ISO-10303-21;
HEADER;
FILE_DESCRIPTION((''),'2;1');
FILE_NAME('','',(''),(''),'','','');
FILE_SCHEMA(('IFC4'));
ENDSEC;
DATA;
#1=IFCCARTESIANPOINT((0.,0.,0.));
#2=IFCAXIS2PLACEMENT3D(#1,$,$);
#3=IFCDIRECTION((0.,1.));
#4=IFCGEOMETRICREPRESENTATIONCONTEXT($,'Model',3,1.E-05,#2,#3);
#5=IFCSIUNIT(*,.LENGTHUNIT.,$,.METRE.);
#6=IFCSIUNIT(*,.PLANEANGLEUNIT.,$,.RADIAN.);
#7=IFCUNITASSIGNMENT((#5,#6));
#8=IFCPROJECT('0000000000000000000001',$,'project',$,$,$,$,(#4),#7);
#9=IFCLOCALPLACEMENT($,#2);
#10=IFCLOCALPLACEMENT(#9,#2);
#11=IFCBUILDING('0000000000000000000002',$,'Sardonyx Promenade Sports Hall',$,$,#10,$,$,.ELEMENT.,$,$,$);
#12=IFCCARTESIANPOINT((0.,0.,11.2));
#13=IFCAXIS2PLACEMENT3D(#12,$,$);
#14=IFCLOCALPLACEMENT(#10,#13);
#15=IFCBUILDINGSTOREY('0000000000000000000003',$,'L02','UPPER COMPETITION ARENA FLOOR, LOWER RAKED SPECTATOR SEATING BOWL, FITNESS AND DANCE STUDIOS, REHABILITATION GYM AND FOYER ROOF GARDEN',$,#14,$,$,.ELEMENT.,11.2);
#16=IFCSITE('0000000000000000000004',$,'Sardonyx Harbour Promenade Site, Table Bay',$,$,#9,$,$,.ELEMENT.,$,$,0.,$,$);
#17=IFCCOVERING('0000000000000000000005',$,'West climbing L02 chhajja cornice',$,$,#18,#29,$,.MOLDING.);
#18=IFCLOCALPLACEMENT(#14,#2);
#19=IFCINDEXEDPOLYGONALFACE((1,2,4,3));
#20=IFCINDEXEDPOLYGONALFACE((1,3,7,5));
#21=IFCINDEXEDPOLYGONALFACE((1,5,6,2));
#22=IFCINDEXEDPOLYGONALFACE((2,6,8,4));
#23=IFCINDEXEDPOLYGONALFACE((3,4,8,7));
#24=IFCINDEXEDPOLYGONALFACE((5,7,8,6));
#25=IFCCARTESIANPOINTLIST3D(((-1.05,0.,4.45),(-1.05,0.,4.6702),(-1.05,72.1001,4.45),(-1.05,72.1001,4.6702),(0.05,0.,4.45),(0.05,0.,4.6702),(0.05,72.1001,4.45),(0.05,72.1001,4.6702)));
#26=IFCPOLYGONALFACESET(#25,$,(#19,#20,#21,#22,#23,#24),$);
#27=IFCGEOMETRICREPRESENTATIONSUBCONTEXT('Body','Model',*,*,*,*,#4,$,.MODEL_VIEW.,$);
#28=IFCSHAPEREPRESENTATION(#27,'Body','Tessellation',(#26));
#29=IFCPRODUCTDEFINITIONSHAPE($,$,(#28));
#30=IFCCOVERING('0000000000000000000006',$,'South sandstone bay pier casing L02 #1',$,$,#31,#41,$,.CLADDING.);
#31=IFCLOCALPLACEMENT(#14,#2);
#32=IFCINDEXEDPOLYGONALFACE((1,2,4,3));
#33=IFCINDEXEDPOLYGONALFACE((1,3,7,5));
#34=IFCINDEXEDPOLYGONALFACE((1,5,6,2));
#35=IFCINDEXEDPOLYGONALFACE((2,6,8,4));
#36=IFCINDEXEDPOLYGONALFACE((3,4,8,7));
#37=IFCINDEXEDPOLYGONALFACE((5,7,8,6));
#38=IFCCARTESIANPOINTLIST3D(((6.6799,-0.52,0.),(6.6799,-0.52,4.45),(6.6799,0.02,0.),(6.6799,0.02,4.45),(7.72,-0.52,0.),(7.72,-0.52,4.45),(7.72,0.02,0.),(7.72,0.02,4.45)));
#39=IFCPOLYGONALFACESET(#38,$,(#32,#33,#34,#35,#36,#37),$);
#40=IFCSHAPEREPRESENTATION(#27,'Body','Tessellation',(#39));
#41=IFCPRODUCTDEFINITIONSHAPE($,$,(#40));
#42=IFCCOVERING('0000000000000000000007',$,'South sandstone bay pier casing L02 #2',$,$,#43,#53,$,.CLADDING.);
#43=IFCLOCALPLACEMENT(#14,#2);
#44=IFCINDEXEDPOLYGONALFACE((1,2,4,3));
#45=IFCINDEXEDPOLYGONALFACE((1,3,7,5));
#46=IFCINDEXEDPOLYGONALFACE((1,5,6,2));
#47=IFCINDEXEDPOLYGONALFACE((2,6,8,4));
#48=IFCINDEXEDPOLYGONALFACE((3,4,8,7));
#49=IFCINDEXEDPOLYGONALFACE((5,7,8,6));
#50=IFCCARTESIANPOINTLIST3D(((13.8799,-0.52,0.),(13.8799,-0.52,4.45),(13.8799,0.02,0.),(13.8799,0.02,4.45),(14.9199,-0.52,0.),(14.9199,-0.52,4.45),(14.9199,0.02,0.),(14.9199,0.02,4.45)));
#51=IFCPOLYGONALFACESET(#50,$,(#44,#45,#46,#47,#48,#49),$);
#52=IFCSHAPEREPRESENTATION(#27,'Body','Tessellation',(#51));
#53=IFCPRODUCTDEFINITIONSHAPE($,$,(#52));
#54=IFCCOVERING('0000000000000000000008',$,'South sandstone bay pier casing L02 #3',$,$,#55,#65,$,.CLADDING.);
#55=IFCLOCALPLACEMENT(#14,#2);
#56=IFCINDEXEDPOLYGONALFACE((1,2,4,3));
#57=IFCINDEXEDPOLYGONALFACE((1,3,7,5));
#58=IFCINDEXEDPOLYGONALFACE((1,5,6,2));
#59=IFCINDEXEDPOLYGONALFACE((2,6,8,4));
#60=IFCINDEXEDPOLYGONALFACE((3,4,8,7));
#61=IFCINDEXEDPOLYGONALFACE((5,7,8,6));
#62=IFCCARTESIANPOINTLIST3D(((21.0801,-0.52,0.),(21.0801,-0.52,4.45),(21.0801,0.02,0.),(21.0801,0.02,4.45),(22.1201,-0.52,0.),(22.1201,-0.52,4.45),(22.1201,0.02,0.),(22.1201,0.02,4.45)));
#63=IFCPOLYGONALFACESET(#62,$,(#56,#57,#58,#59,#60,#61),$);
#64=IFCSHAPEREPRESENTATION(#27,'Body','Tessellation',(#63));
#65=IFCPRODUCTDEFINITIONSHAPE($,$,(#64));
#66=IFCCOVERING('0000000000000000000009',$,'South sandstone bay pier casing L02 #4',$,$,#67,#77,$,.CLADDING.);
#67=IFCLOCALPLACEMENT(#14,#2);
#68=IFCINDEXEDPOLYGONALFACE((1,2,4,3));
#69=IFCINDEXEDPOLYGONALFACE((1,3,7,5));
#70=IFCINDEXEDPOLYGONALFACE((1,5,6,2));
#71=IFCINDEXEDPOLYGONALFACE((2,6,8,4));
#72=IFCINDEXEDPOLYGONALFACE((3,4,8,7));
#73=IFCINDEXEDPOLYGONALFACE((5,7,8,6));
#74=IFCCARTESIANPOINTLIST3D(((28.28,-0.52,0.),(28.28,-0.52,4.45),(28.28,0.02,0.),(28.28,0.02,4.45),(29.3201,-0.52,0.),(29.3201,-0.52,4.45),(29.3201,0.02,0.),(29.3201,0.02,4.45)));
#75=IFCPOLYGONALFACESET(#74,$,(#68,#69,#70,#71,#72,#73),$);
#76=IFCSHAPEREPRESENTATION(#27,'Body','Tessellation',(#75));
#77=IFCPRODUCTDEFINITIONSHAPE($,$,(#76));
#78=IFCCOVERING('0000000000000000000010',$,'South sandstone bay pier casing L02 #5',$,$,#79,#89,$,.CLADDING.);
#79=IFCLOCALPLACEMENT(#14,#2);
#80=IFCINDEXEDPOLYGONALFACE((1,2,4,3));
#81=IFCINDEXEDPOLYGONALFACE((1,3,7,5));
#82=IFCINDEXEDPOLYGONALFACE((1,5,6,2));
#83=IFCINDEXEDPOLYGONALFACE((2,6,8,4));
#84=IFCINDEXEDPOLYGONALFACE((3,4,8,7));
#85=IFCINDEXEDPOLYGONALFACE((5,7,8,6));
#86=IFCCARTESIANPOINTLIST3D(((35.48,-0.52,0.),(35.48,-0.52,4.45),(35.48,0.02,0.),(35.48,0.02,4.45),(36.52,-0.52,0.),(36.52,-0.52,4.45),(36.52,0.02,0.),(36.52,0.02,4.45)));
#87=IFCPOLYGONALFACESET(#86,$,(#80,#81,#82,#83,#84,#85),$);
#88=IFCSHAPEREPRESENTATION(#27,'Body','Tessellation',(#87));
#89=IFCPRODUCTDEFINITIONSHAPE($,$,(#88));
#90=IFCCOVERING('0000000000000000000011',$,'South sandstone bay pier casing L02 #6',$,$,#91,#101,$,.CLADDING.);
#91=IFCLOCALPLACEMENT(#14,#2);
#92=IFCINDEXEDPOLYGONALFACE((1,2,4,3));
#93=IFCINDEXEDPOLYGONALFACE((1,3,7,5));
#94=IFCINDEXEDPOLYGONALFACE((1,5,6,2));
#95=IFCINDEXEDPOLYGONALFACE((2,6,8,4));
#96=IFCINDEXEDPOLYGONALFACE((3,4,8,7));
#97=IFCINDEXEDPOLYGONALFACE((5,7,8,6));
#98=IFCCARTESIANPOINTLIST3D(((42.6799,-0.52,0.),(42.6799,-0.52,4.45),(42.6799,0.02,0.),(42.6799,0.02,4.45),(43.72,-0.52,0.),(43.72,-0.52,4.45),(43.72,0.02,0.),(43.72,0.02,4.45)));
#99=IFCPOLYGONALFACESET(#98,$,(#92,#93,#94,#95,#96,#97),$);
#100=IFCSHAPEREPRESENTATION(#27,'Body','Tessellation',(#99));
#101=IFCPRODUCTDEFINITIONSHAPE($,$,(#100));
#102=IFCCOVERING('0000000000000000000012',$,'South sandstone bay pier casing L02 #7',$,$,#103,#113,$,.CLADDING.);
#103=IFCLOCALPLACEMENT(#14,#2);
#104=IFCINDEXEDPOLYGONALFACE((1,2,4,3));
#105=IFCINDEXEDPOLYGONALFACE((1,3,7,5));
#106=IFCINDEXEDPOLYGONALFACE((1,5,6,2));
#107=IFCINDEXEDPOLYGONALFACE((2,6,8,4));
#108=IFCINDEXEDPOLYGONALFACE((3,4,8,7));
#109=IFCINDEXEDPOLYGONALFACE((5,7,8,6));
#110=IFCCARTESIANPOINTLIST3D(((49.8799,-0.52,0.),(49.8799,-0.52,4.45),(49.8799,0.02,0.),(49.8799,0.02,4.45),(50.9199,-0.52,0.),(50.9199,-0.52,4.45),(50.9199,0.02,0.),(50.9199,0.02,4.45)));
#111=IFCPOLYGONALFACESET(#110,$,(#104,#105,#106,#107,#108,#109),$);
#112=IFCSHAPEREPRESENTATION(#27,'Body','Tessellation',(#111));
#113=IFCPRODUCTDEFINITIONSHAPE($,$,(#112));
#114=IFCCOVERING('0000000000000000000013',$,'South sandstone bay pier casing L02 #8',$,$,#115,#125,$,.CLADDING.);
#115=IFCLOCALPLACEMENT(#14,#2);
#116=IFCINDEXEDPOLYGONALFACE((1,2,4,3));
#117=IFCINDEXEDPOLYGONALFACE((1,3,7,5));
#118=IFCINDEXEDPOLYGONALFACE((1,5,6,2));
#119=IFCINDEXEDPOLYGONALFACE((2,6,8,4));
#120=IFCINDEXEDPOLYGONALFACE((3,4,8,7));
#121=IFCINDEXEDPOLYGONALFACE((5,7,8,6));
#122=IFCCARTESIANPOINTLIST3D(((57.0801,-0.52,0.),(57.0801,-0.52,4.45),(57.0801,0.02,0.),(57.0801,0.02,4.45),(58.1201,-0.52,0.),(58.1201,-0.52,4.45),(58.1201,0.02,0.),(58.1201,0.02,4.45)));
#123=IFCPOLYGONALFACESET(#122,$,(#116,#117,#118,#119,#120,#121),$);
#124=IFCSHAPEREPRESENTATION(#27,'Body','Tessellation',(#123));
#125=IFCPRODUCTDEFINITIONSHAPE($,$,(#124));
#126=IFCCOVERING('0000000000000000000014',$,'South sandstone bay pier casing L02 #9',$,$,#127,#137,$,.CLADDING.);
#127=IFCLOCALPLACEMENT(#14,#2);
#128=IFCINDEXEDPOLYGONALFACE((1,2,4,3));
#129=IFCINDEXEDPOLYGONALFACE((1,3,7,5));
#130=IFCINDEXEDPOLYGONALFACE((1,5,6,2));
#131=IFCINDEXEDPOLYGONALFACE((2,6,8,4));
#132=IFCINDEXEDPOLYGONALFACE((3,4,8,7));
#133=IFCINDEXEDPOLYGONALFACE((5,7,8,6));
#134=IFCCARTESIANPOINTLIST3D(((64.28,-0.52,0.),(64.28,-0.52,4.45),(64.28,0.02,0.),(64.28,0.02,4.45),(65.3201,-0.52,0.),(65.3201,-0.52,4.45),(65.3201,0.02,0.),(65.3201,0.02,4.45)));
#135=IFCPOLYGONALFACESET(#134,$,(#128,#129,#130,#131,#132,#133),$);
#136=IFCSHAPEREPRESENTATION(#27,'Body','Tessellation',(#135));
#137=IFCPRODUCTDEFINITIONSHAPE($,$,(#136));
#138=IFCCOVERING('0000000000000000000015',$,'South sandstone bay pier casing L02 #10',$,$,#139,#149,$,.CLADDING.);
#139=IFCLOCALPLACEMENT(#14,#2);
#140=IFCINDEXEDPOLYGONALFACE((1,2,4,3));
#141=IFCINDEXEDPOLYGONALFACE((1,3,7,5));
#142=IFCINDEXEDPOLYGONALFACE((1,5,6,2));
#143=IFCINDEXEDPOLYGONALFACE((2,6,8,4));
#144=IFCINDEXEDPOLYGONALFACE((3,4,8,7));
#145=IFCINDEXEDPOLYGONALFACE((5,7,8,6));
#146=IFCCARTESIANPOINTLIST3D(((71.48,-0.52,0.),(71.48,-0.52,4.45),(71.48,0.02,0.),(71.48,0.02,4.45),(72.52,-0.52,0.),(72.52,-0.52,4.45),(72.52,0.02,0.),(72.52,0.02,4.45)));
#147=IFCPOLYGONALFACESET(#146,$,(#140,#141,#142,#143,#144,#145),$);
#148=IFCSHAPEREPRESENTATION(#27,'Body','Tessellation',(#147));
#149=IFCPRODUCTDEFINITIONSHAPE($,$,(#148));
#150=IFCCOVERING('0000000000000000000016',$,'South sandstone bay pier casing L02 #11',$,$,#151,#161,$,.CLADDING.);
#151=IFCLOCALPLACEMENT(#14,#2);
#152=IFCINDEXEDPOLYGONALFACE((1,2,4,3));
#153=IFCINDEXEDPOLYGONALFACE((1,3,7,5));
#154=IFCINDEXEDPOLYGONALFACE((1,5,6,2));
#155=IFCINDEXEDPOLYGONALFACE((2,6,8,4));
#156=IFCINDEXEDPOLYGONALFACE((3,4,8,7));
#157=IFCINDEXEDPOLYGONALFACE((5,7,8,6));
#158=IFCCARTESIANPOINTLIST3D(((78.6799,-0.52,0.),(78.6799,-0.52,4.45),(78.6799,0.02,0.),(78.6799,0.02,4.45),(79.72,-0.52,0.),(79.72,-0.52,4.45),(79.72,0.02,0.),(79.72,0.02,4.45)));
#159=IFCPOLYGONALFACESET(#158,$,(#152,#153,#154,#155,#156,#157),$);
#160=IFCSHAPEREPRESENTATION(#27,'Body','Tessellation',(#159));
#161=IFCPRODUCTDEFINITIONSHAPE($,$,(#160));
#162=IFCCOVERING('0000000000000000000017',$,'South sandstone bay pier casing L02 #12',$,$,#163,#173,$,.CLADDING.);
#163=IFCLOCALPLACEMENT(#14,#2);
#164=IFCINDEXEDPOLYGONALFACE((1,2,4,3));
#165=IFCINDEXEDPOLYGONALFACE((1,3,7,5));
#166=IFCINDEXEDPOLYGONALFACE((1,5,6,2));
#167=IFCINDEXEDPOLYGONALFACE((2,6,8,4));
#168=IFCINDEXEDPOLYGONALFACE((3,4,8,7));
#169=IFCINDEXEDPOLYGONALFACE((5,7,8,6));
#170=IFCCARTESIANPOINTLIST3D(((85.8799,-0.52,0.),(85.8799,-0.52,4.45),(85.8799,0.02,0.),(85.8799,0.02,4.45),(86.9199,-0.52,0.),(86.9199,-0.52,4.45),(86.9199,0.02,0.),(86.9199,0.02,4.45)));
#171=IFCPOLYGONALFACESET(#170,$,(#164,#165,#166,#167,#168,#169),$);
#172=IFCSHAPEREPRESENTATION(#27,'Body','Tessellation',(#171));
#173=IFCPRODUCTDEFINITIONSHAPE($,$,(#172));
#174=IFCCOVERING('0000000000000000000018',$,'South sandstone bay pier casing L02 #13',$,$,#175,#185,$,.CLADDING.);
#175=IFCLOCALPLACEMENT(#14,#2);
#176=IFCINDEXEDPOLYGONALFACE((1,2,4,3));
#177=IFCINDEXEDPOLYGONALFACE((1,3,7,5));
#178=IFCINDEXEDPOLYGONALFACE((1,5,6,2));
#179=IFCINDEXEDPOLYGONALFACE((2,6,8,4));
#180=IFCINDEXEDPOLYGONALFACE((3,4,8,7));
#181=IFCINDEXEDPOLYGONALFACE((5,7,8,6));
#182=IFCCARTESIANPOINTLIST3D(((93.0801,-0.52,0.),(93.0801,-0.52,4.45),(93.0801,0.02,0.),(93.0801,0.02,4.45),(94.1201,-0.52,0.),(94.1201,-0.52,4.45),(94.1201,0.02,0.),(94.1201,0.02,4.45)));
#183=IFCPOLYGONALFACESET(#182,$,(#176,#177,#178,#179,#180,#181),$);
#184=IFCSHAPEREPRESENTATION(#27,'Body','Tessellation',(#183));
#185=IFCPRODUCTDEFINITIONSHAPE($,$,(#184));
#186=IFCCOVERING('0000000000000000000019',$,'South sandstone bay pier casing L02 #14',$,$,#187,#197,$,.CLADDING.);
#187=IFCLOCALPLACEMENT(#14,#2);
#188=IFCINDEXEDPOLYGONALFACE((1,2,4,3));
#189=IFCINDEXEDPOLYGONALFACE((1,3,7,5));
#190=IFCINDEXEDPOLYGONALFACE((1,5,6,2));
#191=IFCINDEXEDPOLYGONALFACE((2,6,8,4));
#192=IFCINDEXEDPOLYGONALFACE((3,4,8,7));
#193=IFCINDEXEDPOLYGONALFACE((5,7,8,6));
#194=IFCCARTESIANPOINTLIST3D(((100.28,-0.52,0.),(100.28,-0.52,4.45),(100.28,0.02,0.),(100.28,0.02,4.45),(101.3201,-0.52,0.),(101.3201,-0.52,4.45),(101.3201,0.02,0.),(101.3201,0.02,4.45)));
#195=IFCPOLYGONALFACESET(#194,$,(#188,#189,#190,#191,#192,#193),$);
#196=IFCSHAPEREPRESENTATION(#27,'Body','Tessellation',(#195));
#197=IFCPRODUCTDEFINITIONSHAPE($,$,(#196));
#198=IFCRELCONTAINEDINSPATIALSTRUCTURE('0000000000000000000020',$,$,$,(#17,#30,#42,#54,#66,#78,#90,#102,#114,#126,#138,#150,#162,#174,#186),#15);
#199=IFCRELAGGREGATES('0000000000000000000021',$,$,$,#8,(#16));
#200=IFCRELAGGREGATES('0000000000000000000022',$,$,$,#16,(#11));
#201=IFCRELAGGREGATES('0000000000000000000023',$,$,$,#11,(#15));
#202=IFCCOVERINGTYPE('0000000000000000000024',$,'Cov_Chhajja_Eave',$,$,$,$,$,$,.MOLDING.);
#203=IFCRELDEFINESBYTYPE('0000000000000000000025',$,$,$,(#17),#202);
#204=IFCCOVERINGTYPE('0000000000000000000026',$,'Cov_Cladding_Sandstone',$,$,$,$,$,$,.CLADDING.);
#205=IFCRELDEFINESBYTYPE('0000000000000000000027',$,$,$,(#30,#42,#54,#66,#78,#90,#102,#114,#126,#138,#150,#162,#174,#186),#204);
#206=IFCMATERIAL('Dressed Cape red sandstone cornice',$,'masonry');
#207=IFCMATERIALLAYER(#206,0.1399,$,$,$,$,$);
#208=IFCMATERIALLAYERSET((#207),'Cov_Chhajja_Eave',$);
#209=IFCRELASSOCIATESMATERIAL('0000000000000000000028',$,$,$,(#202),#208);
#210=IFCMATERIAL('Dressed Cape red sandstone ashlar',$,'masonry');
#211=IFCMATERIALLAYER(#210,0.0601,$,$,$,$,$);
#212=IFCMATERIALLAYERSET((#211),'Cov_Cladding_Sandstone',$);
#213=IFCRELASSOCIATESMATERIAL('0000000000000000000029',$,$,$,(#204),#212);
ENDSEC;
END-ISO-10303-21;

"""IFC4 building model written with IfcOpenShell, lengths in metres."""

from ifc_helpers import new_model, si_unit, direction, frame, origin, place, context, subcontext, project, spatial, polyline, outline, extrude, material, layer, layer_set, type_object, element, save


model = new_model("IFC4")

# Units and contexts
model_context = context("Model", 3, precision=1e-05, world=origin(), true_north=direction((0.0, 1.0)))
body_context = subcontext(model_context, "Body", "Model", "MODEL_VIEW")
ifc_project = project(units=[si_unit("LENGTHUNIT", "METRE"), si_unit("PLANEANGLEUNIT", "RADIAN")], contexts=[model_context])

# Site, building, storey
site_placement = place(None, origin())
site = spatial("IfcSite", under=ifc_project, at=site_placement, Name="Sardonyx Harbour Promenade Site, Table Bay", CompositionType="ELEMENT", RefElevation=0.0)
building_placement = place(site_placement, origin())
building = spatial("IfcBuilding", under=site, at=building_placement, Name="Sardonyx Promenade Sports Hall", CompositionType="ELEMENT")
storey_placement = place(building_placement, frame((0.0, 0.0, 11.2)))
storey = spatial("IfcBuildingStorey", under=building, at=storey_placement, Name="L02", Description="UPPER COMPETITION ARENA FLOOR, LOWER RAKED SPECTATOR SEATING BOWL, FITNESS AND DANCE STUDIOS, REHABILITATION GYM AND FOYER ROOF GARDEN", CompositionType="ELEMENT", Elevation=11.2)

# Coverings
ifc_material_1 = material(Name="Dressed Cape red sandstone cornice", Category="masonry")
ifc_layer_1 = layer(ifc_material_1, 0.1399)
ifc_layer_set_1 = layer_set([ifc_layer_1], Name="Cov_Chhajja_Eave")
covering_type_1 = type_object("IfcCoveringType", Name="Cov_Chhajja_Eave", PredefinedType="MOLDING", material=ifc_layer_set_1)
covering_1_placement = place(storey_placement, frame((0.0, 0.0, 4.45)))
element("IfcCovering", 1, at=covering_1_placement, inside=storey, type_object=covering_type_1, Name="West climbing L02 chhajja cornice", PredefinedType="MOLDING", context=body_context, shape_type="SweptSolid", body=[
    extrude(outline(polyline([(-1.05, 0.0), (0.05, 0.0), (0.05, 72.1001), (-1.05, 72.1001), (-1.05, 0.0)])), origin(), (0.0, 0.0, 1.0), 0.2202),
])
ifc_material_2 = material(Name="Dressed Cape red sandstone ashlar", Category="masonry")
ifc_layer_2 = layer(ifc_material_2, 0.0601)
ifc_layer_set_2 = layer_set([ifc_layer_2], Name="Cov_Cladding_Sandstone")
covering_type_2 = type_object("IfcCoveringType", Name="Cov_Cladding_Sandstone", PredefinedType="CLADDING", material=ifc_layer_set_2)
covering_2_placement = place(storey_placement, origin())
element("IfcCovering", 2, at=covering_2_placement, inside=storey, type_object=covering_type_2, Name="South sandstone bay pier casing L02 #1", PredefinedType="CLADDING", context=body_context, shape_type="SweptSolid", body=[
    extrude(outline(polyline([(6.6799, -0.52), (7.72, -0.52), (7.72, 0.02), (6.6799, 0.02), (6.6799, -0.52)])), origin(), (0.0, 0.0, 1.0), 4.45),
])
covering_3_placement = place(storey_placement, origin())
element("IfcCovering", 3, at=covering_3_placement, inside=storey, type_object=covering_type_2, Name="South sandstone bay pier casing L02 #2", PredefinedType="CLADDING", context=body_context, shape_type="SweptSolid", body=[
    extrude(outline(polyline([(13.8799, -0.52), (14.9199, -0.52), (14.9199, 0.02), (13.8799, 0.02), (13.8799, -0.52)])), origin(), (0.0, 0.0, 1.0), 4.45),
])
covering_4_placement = place(storey_placement, origin())
element("IfcCovering", 4, at=covering_4_placement, inside=storey, type_object=covering_type_2, Name="South sandstone bay pier casing L02 #3", PredefinedType="CLADDING", context=body_context, shape_type="SweptSolid", body=[
    extrude(outline(polyline([(21.0801, -0.52), (22.1201, -0.52), (22.1201, 0.02), (21.0801, 0.02), (21.0801, -0.52)])), origin(), (0.0, 0.0, 1.0), 4.45),
])
covering_5_placement = place(storey_placement, origin())
element("IfcCovering", 5, at=covering_5_placement, inside=storey, type_object=covering_type_2, Name="South sandstone bay pier casing L02 #4", PredefinedType="CLADDING", context=body_context, shape_type="SweptSolid", body=[
    extrude(outline(polyline([(28.28, -0.52), (29.3201, -0.52), (29.3201, 0.02), (28.28, 0.02), (28.28, -0.52)])), origin(), (0.0, 0.0, 1.0), 4.45),
])
covering_6_placement = place(storey_placement, origin())
element("IfcCovering", 6, at=covering_6_placement, inside=storey, type_object=covering_type_2, Name="South sandstone bay pier casing L02 #5", PredefinedType="CLADDING", context=body_context, shape_type="SweptSolid", body=[
    extrude(outline(polyline([(35.48, -0.52), (36.52, -0.52), (36.52, 0.02), (35.48, 0.02), (35.48, -0.52)])), origin(), (0.0, 0.0, 1.0), 4.45),
])
covering_7_placement = place(storey_placement, origin())
element("IfcCovering", 7, at=covering_7_placement, inside=storey, type_object=covering_type_2, Name="South sandstone bay pier casing L02 #6", PredefinedType="CLADDING", context=body_context, shape_type="SweptSolid", body=[
    extrude(outline(polyline([(42.6799, -0.52), (43.72, -0.52), (43.72, 0.02), (42.6799, 0.02), (42.6799, -0.52)])), origin(), (0.0, 0.0, 1.0), 4.45),
])
covering_8_placement = place(storey_placement, origin())
element("IfcCovering", 8, at=covering_8_placement, inside=storey, type_object=covering_type_2, Name="South sandstone bay pier casing L02 #7", PredefinedType="CLADDING", context=body_context, shape_type="SweptSolid", body=[
    extrude(outline(polyline([(49.8799, -0.52), (50.9199, -0.52), (50.9199, 0.02), (49.8799, 0.02), (49.8799, -0.52)])), origin(), (0.0, 0.0, 1.0), 4.45),
])
covering_9_placement = place(storey_placement, origin())
element("IfcCovering", 9, at=covering_9_placement, inside=storey, type_object=covering_type_2, Name="South sandstone bay pier casing L02 #8", PredefinedType="CLADDING", context=body_context, shape_type="SweptSolid", body=[
    extrude(outline(polyline([(57.0801, -0.52), (58.1201, -0.52), (58.1201, 0.02), (57.0801, 0.02), (57.0801, -0.52)])), origin(), (0.0, 0.0, 1.0), 4.45),
])
covering_10_placement = place(storey_placement, origin())
element("IfcCovering", 10, at=covering_10_placement, inside=storey, type_object=covering_type_2, Name="South sandstone bay pier casing L02 #9", PredefinedType="CLADDING", context=body_context, shape_type="SweptSolid", body=[
    extrude(outline(polyline([(64.28, -0.52), (65.3201, -0.52), (65.3201, 0.02), (64.28, 0.02), (64.28, -0.52)])), origin(), (0.0, 0.0, 1.0), 4.45),
])
covering_11_placement = place(storey_placement, origin())
element("IfcCovering", 11, at=covering_11_placement, inside=storey, type_object=covering_type_2, Name="South sandstone bay pier casing L02 #10", PredefinedType="CLADDING", context=body_context, shape_type="SweptSolid", body=[
    extrude(outline(polyline([(71.48, -0.52), (72.52, -0.52), (72.52, 0.02), (71.48, 0.02), (71.48, -0.52)])), origin(), (0.0, 0.0, 1.0), 4.45),
])
covering_12_placement = place(storey_placement, origin())
element("IfcCovering", 12, at=covering_12_placement, inside=storey, type_object=covering_type_2, Name="South sandstone bay pier casing L02 #11", PredefinedType="CLADDING", context=body_context, shape_type="SweptSolid", body=[
    extrude(outline(polyline([(78.6799, -0.52), (79.72, -0.52), (79.72, 0.02), (78.6799, 0.02), (78.6799, -0.52)])), origin(), (0.0, 0.0, 1.0), 4.45),
])
covering_13_placement = place(storey_placement, origin())
element("IfcCovering", 13, at=covering_13_placement, inside=storey, type_object=covering_type_2, Name="South sandstone bay pier casing L02 #12", PredefinedType="CLADDING", context=body_context, shape_type="SweptSolid", body=[
    extrude(outline(polyline([(85.8799, -0.52), (86.9199, -0.52), (86.9199, 0.02), (85.8799, 0.02), (85.8799, -0.52)])), origin(), (0.0, 0.0, 1.0), 4.45),
])
covering_14_placement = place(storey_placement, origin())
element("IfcCovering", 14, at=covering_14_placement, inside=storey, type_object=covering_type_2, Name="South sandstone bay pier casing L02 #13", PredefinedType="CLADDING", context=body_context, shape_type="SweptSolid", body=[
    extrude(outline(polyline([(93.0801, -0.52), (94.1201, -0.52), (94.1201, 0.02), (93.0801, 0.02), (93.0801, -0.52)])), origin(), (0.0, 0.0, 1.0), 4.45),
])
covering_15_placement = place(storey_placement, origin())
element("IfcCovering", 15, at=covering_15_placement, inside=storey, type_object=covering_type_2, Name="South sandstone bay pier casing L02 #14", PredefinedType="CLADDING", context=body_context, shape_type="SweptSolid", body=[
    extrude(outline(polyline([(100.28, -0.52), (101.3201, -0.52), (101.3201, 0.02), (100.28, 0.02), (100.28, -0.52)])), origin(), (0.0, 0.0, 1.0), 4.45),
])

save(model, "model.ifc")
